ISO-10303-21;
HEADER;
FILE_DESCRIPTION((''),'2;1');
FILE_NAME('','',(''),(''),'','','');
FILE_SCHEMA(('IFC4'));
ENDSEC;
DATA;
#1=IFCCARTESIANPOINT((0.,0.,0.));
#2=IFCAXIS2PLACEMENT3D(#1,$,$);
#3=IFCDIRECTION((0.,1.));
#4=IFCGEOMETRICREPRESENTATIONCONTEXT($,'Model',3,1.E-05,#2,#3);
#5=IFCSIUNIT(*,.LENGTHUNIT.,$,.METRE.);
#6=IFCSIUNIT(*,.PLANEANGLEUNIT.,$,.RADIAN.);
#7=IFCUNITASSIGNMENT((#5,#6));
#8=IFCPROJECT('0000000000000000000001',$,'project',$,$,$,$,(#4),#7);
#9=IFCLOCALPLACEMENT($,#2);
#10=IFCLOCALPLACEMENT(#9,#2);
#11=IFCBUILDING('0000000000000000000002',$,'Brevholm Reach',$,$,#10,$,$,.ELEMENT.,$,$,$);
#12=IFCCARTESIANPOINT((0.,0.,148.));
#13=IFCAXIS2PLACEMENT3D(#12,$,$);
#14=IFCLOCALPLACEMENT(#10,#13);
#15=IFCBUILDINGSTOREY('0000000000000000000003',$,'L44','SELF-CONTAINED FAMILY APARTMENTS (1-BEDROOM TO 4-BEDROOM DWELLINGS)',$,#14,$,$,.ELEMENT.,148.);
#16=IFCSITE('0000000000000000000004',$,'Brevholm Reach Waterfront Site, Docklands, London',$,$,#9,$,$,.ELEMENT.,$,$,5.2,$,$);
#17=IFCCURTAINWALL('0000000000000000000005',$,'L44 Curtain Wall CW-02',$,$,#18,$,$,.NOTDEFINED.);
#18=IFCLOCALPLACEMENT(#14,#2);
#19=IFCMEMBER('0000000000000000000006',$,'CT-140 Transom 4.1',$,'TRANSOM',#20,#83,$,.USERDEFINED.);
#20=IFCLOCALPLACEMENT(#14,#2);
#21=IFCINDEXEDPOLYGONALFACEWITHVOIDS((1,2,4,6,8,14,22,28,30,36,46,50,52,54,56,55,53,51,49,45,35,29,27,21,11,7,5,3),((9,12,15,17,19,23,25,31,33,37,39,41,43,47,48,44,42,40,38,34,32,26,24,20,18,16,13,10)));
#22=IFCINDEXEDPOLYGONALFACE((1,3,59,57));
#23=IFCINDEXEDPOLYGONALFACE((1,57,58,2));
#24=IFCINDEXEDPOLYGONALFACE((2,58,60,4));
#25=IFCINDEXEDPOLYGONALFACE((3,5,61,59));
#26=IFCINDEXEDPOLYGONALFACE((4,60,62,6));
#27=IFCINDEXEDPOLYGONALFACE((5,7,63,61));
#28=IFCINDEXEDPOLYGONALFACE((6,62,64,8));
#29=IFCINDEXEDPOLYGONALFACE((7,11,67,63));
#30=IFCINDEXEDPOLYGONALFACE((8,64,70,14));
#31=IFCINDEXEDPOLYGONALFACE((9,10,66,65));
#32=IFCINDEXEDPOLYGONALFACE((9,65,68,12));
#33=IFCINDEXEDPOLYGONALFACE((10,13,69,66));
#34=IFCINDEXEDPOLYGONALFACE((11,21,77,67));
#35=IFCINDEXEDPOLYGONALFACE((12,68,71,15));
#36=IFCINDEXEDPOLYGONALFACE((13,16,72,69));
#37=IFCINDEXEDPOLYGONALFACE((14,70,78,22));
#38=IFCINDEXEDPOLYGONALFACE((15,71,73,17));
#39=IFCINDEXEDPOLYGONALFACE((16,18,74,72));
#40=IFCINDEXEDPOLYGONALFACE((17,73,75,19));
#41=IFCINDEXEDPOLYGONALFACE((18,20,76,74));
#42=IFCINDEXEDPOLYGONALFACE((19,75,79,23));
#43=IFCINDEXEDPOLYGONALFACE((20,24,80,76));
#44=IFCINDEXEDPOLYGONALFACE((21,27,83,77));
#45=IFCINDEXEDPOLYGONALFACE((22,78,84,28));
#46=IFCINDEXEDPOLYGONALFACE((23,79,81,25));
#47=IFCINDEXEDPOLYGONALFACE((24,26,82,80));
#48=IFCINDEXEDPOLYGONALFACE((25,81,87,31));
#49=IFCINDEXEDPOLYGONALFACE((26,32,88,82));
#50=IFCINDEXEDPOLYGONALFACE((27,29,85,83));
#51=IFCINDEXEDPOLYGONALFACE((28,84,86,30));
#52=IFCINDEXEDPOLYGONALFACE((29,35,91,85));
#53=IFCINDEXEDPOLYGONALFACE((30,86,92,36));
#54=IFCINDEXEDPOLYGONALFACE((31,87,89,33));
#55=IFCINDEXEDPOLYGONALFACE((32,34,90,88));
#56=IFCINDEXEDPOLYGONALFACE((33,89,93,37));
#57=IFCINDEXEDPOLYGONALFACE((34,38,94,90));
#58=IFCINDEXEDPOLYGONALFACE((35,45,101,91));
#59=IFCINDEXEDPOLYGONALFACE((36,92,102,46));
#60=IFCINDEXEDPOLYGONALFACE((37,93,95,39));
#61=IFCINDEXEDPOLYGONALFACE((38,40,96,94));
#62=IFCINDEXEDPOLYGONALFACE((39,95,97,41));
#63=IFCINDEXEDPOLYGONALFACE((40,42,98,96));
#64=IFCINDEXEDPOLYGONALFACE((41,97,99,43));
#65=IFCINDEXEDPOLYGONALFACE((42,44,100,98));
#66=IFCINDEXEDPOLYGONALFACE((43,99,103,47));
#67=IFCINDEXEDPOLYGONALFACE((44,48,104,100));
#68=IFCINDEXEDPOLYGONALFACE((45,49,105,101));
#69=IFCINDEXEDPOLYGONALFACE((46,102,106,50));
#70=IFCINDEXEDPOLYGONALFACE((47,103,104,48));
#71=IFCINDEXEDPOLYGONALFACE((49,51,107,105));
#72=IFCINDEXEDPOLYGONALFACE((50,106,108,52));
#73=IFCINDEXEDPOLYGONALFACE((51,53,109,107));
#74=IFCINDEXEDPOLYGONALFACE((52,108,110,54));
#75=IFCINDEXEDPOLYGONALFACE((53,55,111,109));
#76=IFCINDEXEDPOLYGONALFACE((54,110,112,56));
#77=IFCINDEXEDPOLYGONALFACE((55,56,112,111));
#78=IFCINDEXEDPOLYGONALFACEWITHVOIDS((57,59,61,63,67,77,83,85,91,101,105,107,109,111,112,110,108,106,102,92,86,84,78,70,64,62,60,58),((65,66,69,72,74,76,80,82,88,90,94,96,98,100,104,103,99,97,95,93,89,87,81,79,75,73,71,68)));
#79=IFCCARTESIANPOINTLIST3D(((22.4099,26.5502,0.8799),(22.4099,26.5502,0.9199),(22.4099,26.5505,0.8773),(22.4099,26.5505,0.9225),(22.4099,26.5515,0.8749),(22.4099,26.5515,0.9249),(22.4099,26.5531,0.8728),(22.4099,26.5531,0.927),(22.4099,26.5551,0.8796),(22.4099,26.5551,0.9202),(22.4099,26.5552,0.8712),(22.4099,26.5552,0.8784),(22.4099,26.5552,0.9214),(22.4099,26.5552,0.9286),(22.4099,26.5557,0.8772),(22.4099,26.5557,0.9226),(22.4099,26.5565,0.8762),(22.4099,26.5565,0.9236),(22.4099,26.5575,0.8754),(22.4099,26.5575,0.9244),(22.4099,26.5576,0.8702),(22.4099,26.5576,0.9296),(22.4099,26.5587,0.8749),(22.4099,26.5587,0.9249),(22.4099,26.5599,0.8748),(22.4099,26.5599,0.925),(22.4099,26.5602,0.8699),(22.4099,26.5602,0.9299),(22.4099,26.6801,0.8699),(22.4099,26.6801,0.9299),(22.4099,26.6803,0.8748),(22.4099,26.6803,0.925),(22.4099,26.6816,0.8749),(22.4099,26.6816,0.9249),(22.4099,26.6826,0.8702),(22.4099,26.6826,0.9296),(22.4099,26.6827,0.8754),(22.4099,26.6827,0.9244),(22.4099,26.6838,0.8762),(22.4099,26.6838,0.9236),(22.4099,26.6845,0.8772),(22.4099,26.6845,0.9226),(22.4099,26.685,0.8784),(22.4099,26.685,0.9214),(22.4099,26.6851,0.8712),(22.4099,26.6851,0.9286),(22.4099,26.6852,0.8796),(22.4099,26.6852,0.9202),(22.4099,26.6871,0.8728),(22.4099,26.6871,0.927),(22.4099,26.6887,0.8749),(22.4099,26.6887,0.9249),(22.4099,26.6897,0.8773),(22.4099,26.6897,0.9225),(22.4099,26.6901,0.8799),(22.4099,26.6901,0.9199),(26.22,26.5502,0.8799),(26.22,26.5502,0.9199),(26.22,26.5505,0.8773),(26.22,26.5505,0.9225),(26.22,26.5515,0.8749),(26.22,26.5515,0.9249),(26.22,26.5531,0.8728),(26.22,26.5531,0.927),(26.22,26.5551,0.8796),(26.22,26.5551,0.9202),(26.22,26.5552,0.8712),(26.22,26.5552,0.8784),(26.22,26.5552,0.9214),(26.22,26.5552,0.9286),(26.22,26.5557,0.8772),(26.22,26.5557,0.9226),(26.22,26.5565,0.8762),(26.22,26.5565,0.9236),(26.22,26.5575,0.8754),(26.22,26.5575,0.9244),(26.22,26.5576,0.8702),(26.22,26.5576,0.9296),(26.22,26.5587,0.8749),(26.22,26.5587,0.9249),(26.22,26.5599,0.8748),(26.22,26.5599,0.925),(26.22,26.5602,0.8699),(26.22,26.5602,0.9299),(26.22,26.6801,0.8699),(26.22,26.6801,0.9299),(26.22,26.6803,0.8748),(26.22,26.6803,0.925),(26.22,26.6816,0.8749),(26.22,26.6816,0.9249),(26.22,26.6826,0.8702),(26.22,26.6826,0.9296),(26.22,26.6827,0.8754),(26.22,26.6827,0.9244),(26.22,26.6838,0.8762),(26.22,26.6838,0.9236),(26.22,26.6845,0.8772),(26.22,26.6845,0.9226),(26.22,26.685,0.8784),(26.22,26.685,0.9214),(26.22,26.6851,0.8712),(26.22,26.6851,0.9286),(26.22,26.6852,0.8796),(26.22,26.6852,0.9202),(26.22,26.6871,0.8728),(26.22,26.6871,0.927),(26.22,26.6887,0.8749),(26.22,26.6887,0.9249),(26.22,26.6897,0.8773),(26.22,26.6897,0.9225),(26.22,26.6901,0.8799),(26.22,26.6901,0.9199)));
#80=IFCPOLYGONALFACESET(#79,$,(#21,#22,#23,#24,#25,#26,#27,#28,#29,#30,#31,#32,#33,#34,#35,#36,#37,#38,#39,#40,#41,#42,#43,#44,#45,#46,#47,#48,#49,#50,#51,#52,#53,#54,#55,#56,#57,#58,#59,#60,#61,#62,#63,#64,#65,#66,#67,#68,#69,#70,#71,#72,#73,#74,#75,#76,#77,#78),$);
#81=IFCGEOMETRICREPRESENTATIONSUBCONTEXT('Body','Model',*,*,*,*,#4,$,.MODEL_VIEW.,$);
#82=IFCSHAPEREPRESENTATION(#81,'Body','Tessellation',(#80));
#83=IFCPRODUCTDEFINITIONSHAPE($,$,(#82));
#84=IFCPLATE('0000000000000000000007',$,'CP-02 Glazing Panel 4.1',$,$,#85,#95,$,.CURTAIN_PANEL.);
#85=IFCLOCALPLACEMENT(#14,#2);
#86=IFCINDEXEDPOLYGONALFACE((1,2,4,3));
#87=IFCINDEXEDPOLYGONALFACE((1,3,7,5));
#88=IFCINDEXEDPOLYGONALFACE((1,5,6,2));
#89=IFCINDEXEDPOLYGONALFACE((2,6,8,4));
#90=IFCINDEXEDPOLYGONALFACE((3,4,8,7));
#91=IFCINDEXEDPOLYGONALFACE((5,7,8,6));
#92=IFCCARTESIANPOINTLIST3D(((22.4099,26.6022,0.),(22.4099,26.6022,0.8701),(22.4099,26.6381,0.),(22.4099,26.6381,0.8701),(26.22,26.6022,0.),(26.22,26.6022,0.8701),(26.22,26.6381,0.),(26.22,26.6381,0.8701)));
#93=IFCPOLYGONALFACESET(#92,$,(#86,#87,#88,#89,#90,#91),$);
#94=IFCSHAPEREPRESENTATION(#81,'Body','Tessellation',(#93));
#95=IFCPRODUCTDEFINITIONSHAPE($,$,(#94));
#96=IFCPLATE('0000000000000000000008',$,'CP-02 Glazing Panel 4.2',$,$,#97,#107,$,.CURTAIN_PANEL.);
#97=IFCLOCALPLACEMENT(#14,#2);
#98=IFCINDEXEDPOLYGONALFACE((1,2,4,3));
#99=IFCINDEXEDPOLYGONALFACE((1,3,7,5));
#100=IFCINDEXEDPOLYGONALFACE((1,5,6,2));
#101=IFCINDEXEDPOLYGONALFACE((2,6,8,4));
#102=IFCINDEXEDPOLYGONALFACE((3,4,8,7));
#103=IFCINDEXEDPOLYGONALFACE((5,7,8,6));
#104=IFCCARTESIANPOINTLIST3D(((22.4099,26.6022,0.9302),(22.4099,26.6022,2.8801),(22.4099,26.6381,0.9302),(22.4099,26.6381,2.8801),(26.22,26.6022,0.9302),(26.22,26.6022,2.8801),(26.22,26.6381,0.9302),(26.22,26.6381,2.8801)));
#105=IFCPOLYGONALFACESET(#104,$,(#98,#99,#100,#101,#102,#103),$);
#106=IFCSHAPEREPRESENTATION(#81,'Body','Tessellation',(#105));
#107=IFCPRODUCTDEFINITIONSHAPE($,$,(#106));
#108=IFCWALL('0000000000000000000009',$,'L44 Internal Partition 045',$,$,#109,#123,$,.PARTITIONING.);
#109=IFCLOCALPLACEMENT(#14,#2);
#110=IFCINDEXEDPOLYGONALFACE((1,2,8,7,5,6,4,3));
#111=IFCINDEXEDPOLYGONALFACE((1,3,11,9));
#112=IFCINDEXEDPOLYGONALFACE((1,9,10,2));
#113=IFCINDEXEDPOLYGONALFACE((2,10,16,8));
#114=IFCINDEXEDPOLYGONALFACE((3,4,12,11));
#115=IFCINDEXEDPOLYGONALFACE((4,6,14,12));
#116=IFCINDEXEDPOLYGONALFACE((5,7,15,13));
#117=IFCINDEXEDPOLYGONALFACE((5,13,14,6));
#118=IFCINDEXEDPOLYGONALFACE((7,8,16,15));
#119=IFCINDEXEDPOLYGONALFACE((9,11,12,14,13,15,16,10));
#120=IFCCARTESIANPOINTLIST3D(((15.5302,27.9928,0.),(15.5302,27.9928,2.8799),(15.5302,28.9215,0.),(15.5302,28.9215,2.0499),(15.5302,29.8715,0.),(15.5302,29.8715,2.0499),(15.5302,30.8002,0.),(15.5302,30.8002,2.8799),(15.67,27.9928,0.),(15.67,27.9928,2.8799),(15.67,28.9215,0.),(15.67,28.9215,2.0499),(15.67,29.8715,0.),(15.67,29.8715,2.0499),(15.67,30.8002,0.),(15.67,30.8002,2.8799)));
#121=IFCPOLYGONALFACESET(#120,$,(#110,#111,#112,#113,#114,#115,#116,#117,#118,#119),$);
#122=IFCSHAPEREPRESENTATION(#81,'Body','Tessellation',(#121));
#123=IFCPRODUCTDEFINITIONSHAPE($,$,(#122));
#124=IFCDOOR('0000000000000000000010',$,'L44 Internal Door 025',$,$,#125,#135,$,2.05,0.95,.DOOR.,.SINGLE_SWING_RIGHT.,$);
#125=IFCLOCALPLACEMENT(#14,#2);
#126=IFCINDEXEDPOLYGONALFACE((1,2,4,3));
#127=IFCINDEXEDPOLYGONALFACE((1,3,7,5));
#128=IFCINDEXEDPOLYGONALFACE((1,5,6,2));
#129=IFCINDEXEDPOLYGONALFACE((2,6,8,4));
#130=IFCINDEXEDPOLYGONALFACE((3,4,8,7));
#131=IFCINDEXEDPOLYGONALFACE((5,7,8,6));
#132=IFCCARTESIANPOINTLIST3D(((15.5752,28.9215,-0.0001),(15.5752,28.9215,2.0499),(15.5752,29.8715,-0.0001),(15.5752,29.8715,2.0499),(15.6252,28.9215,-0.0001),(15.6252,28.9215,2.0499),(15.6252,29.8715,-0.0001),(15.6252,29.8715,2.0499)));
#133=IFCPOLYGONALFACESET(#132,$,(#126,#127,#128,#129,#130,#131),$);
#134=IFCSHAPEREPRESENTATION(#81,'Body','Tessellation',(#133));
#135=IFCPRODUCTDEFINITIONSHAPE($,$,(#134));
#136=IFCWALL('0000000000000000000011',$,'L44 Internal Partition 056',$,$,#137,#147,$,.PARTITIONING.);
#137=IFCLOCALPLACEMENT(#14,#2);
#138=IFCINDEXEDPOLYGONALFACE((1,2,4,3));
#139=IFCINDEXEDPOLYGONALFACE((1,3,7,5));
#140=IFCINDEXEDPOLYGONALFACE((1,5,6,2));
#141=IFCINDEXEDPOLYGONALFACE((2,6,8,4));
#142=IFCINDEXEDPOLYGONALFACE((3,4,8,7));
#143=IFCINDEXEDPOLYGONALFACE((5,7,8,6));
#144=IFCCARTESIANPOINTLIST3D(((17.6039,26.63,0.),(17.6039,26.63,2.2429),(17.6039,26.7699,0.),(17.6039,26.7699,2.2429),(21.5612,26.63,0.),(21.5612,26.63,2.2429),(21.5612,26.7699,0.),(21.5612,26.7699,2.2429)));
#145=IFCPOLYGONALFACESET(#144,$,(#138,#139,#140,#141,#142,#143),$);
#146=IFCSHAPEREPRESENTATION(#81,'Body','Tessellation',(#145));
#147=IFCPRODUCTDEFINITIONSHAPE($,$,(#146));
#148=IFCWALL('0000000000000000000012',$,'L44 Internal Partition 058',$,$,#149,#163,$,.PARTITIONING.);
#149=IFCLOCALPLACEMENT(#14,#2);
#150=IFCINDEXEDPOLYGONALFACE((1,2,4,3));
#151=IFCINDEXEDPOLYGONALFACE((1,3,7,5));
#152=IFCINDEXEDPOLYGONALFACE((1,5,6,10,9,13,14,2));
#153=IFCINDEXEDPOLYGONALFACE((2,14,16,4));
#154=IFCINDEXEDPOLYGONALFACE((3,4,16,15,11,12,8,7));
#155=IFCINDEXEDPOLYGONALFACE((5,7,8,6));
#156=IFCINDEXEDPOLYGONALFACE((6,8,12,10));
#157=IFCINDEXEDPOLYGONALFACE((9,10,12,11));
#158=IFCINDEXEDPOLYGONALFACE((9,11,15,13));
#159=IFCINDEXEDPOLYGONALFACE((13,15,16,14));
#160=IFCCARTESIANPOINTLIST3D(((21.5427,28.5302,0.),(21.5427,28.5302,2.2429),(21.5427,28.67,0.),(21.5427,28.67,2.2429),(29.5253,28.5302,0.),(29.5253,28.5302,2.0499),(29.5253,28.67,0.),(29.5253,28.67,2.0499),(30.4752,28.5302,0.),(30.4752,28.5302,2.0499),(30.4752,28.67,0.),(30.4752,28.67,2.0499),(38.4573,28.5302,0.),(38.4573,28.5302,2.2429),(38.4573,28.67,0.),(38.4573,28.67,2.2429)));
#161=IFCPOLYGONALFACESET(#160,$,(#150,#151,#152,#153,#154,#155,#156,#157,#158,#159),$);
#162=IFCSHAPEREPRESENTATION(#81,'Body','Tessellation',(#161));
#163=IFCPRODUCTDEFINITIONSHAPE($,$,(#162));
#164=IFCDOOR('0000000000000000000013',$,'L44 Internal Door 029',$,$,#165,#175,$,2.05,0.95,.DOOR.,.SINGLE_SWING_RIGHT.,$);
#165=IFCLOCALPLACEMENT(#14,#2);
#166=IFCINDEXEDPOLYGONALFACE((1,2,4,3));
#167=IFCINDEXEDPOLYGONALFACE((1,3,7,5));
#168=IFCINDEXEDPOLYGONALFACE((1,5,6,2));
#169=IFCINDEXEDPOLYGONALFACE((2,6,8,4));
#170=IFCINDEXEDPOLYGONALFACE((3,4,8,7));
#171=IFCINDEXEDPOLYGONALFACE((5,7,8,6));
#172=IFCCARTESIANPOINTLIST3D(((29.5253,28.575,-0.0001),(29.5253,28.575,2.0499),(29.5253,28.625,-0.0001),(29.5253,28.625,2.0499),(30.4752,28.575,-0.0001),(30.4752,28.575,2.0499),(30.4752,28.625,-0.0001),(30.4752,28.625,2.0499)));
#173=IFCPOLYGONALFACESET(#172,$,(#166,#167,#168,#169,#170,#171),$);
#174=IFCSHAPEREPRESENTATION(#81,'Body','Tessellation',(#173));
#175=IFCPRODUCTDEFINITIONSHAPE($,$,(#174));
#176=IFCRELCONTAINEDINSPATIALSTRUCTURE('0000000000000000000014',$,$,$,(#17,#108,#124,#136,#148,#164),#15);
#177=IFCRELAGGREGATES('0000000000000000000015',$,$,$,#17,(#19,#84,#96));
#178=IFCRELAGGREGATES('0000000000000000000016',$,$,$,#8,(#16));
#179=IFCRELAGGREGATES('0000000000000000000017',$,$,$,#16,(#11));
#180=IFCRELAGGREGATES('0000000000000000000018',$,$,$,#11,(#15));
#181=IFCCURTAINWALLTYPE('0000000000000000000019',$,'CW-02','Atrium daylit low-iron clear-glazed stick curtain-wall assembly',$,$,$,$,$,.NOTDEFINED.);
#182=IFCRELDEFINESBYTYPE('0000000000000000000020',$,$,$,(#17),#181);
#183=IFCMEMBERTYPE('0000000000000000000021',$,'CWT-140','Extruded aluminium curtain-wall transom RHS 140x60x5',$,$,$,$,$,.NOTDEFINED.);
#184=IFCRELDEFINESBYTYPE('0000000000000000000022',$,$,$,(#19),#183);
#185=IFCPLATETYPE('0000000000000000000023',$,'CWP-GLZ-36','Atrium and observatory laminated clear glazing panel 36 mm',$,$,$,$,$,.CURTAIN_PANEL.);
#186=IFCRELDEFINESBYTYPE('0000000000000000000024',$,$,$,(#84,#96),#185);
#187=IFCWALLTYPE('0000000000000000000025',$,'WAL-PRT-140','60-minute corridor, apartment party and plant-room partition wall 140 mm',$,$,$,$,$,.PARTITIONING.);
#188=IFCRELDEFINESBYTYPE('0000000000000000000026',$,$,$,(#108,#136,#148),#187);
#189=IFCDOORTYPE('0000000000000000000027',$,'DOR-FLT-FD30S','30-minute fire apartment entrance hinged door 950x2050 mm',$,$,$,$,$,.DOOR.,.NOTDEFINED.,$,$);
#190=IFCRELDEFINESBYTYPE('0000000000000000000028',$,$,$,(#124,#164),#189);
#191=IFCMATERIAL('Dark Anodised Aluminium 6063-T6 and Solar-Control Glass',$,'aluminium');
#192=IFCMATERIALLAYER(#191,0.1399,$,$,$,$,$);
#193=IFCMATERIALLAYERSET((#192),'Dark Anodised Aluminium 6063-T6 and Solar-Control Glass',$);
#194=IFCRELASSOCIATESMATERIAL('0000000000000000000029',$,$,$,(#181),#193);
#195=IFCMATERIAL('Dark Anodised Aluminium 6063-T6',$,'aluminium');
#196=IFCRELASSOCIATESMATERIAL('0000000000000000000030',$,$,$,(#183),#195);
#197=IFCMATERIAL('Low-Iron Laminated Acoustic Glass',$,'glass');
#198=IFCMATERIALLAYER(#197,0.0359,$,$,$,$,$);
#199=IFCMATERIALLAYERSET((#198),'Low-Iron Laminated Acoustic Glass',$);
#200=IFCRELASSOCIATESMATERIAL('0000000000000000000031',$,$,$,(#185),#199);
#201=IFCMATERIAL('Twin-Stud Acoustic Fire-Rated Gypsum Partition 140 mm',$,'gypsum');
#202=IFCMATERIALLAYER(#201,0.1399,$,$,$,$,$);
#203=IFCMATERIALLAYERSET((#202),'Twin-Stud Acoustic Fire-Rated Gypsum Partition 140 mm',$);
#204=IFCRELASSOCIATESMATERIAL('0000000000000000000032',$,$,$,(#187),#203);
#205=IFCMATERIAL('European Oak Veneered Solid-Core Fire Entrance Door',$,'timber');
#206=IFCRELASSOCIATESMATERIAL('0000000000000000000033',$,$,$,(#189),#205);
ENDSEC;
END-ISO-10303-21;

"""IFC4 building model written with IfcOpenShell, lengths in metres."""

from ifc_helpers import new_model, si_unit, direction, frame, frame_2d, origin, origin_2d, place, context, subcontext, project, spatial, rectangle, hollow_rectangle, extrude, material, layer, layer_set, material_profile, profile_set, type_object, element, fill, aggregate, save


model = new_model("IFC4")

# Units and contexts
model_context = context("Model", 3, precision=1e-05, world=origin(), true_north=direction((0.0, 1.0)))
body_context = subcontext(model_context, "Body", "Model", "MODEL_VIEW")
ifc_project = project(units=[si_unit("LENGTHUNIT", "METRE"), si_unit("PLANEANGLEUNIT", "RADIAN")], contexts=[model_context])

# Site, building, storey
site_placement = place(None, origin())
site = spatial("IfcSite", under=ifc_project, at=site_placement, Name="Brevholm Reach Waterfront Site, Docklands, London", CompositionType="ELEMENT", RefElevation=5.2)
building_placement = place(site_placement, origin())
building = spatial("IfcBuilding", under=site, at=building_placement, Name="Brevholm Reach", CompositionType="ELEMENT")
storey_placement = place(building_placement, frame((0.0, 0.0, 148.0)))
storey = spatial("IfcBuildingStorey", under=building, at=storey_placement, Name="L44", Description="SELF-CONTAINED FAMILY APARTMENTS (1-BEDROOM TO 4-BEDROOM DWELLINGS)", CompositionType="ELEMENT", Elevation=148.0)

# Curtain wall, member, plates
ifc_material_1 = material(Name="Dark Anodised Aluminium 6063-T6 and Solar-Control Glass", Category="aluminium")
ifc_layer_1 = layer(ifc_material_1, 0.1399)
ifc_layer_set_1 = layer_set([ifc_layer_1], Name="Dark Anodised Aluminium 6063-T6 and Solar-Control Glass")
curtain_wall_type = type_object("IfcCurtainWallType", Name="CW-02", Description="Atrium daylit low-iron clear-glazed stick curtain-wall assembly", PredefinedType="NOTDEFINED", material=ifc_layer_set_1)
curtain_wall_placement = place(storey_placement, origin())
curtain_wall = element("IfcCurtainWall", 1, at=curtain_wall_placement, inside=storey, type_object=curtain_wall_type, Name="L44 Curtain Wall CW-02", PredefinedType="NOTDEFINED")
ifc_material_2 = material(Name="Dark Anodised Aluminium 6063-T6", Category="aluminium")
ifc_material_profile_1 = material_profile(ifc_material_2, hollow_rectangle(XDim=0.0601, YDim=0.1399, WallThickness=0.0049, InnerFilletRadius=0.0049, OuterFilletRadius=0.01, at=origin_2d()), Name="RHS 140x60x5")
ifc_profile_set_1 = profile_set([ifc_material_profile_1], Name="Dark Anodised Aluminium 6063-T6")
member_type_1 = type_object("IfcMemberType", Name="CWT-140", Description="Extruded aluminium curtain-wall transom RHS 140x60x5", PredefinedType="NOTDEFINED", material=ifc_profile_set_1)
member_1_placement = place(storey_placement, frame((26.22, 26.6201, 0.8999), z_axis=(-1.0, 0.0, 0.0), x_axis=(0.0, 0.0, 1.0)))
member_1 = element("IfcMember", 2, at=member_1_placement, type_object=member_type_1, Name="CT-140 Transom 4.1", ObjectType="TRANSOM", PredefinedType="USERDEFINED", context=body_context, shape_type="SweptSolid", body=[
    extrude(hollow_rectangle(XDim=0.0601, YDim=0.1399, WallThickness=0.0049, InnerFilletRadius=0.0049, OuterFilletRadius=0.01, at=origin_2d()), origin(), (0.0, 0.0, 1.0), 3.8101),
])
ifc_material_3 = material(Name="Low-Iron Laminated Acoustic Glass", Category="glass")
ifc_layer_2 = layer(ifc_material_3, 0.0359)
ifc_layer_set_2 = layer_set([ifc_layer_2], Name="Low-Iron Laminated Acoustic Glass")
plate_type = type_object("IfcPlateType", Name="CWP-GLZ-36", Description="Atrium and observatory laminated clear glazing panel 36 mm", PredefinedType="CURTAIN_PANEL", material=ifc_layer_set_2)
plate_1_placement = place(storey_placement, frame((24.3149, 26.6201, 0.0), z_axis=(0.0, 0.0, 1.0), x_axis=(-1.0, 0.0, 0.0)))
plate_1 = element("IfcPlate", 3, at=plate_1_placement, type_object=plate_type, Name="CP-02 Glazing Panel 4.1", PredefinedType="CURTAIN_PANEL", context=body_context, shape_type="SweptSolid", body=[
    extrude(rectangle(XDim=3.8101, YDim=0.0359, at=origin_2d()), origin(), (0.0, 0.0, 1.0), 0.8701),
])
plate_2_placement = place(storey_placement, frame((24.3149, 26.6201, 0.9302), z_axis=(0.0, 0.0, 1.0), x_axis=(-1.0, 0.0, 0.0)))
plate_2 = element("IfcPlate", 4, at=plate_2_placement, type_object=plate_type, Name="CP-02 Glazing Panel 4.2", PredefinedType="CURTAIN_PANEL", context=body_context, shape_type="SweptSolid", body=[
    extrude(rectangle(XDim=3.8101, YDim=0.0359, at=origin_2d()), origin(), (0.0, 0.0, 1.0), 1.95),
])
aggregate(curtain_wall, [member_1, plate_1, plate_2])

# Wall, opening, door
ifc_material_4 = material(Name="Twin-Stud Acoustic Fire-Rated Gypsum Partition 140 mm", Category="gypsum")
ifc_layer_3 = layer(ifc_material_4, 0.1399)
ifc_layer_set_3 = layer_set([ifc_layer_3], Name="Twin-Stud Acoustic Fire-Rated Gypsum Partition 140 mm")
wall_type = type_object("IfcWallType", Name="WAL-PRT-140", Description="60-minute corridor, apartment party and plant-room partition wall 140 mm", PredefinedType="PARTITIONING", material=ifc_layer_set_3)
wall_1_placement = place(storey_placement, frame((15.6001, 27.9927, 0.0), z_axis=(0.0, 0.0, 1.0), x_axis=(0.0, 1.0, 0.0)))
wall_1 = element("IfcWall", 5, at=wall_1_placement, inside=storey, type_object=wall_type, Name="L44 Internal Partition 045", PredefinedType="PARTITIONING", context=body_context, shape_type="SweptSolid", body=[
    extrude(rectangle(XDim=2.8074, YDim=0.1399, at=frame_2d((1.4038, 0.0))), origin(), (0.0, 0.0, 1.0), 2.8799),
])
opening_1_placement = place(wall_1_placement, frame((0.9287, 0.0, 0.0)))
opening_1 = element("IfcOpeningElement", 6, at=opening_1_placement, cuts=wall_1, PredefinedType="OPENING", context=body_context, shape_type="SweptSolid", body=[
    extrude(rectangle(XDim=0.95, YDim=2.05, at=frame_2d((0.4751, 1.0249))), frame((0.0, 0.0798, 0.0), z_axis=(0.0, -1.0, 0.0), x_axis=(1.0, 0.0, 0.0)), (0.0, 0.0, 1.0), 0.1599),
])
ifc_material_5 = material(Name="European Oak Veneered Solid-Core Fire Entrance Door", Category="timber")
door_type = type_object("IfcDoorType", Name="DOR-FLT-FD30S", Description="30-minute fire apartment entrance hinged door 950x2050 mm", OperationType="NOTDEFINED", PredefinedType="DOOR", material=ifc_material_5)
door_1_placement = place(opening_1_placement, origin())
door_1 = element("IfcDoor", 7, at=door_1_placement, inside=storey, type_object=door_type, Name="L44 Internal Door 025", OperationType="SINGLE_SWING_RIGHT", OverallHeight=2.05, OverallWidth=0.95, PredefinedType="DOOR", context=body_context, shape_type="SweptSolid", body=[
    extrude(rectangle(XDim=0.95, YDim=2.05, at=frame_2d((0.4751, 1.0249))), frame((0.0, 0.0249, 0.0), z_axis=(0.0, -1.0, 0.0), x_axis=(1.0, 0.0, 0.0)), (0.0, 0.0, 1.0), 0.05),
])
fill(opening_1, door_1)

# Wall
wall_2_placement = place(storey_placement, frame((17.604, 26.7, 0.0), z_axis=(0.0, 0.0, 1.0), x_axis=(1.0, 0.0, 0.0)))
element("IfcWall", 8, at=wall_2_placement, inside=storey, type_object=wall_type, Name="L44 Internal Partition 056", PredefinedType="PARTITIONING", context=body_context, shape_type="SweptSolid", body=[
    extrude(rectangle(XDim=3.9573, YDim=0.1399, at=frame_2d((1.9785, 0.0))), origin(), (0.0, 0.0, 1.0), 2.2429),
])

# Wall, opening, door
wall_3_placement = place(storey_placement, frame((21.5427, 28.6001, 0.0), z_axis=(0.0, 0.0, 1.0), x_axis=(1.0, 0.0, 0.0)))
wall_3 = element("IfcWall", 9, at=wall_3_placement, inside=storey, type_object=wall_type, Name="L44 Internal Partition 058", PredefinedType="PARTITIONING", context=body_context, shape_type="SweptSolid", body=[
    extrude(rectangle(XDim=16.9146, YDim=0.1399, at=frame_2d((8.4573, 0.0))), origin(), (0.0, 0.0, 1.0), 2.2429),
])
opening_2_placement = place(wall_3_placement, frame((7.9824, 0.0, 0.0)))
opening_2 = element("IfcOpeningElement", 10, at=opening_2_placement, cuts=wall_3, PredefinedType="OPENING", context=body_context, shape_type="SweptSolid", body=[
    extrude(rectangle(XDim=0.95, YDim=2.05, at=frame_2d((0.4751, 1.0249))), frame((0.0, 0.0798, 0.0), z_axis=(0.0, -1.0, 0.0), x_axis=(1.0, 0.0, 0.0)), (0.0, 0.0, 1.0), 0.1599),
])
door_2_placement = place(opening_2_placement, origin())
door_2 = element("IfcDoor", 11, at=door_2_placement, inside=storey, type_object=door_type, Name="L44 Internal Door 029", OperationType="SINGLE_SWING_RIGHT", OverallHeight=2.05, OverallWidth=0.95, PredefinedType="DOOR", context=body_context, shape_type="SweptSolid", body=[
    extrude(rectangle(XDim=0.95, YDim=2.05, at=frame_2d((0.4751, 1.0249))), frame((0.0, 0.0249, 0.0), z_axis=(0.0, -1.0, 0.0), x_axis=(1.0, 0.0, 0.0)), (0.0, 0.0, 1.0), 0.05),
])
fill(opening_2, door_2)

save(model, "model.ifc")
